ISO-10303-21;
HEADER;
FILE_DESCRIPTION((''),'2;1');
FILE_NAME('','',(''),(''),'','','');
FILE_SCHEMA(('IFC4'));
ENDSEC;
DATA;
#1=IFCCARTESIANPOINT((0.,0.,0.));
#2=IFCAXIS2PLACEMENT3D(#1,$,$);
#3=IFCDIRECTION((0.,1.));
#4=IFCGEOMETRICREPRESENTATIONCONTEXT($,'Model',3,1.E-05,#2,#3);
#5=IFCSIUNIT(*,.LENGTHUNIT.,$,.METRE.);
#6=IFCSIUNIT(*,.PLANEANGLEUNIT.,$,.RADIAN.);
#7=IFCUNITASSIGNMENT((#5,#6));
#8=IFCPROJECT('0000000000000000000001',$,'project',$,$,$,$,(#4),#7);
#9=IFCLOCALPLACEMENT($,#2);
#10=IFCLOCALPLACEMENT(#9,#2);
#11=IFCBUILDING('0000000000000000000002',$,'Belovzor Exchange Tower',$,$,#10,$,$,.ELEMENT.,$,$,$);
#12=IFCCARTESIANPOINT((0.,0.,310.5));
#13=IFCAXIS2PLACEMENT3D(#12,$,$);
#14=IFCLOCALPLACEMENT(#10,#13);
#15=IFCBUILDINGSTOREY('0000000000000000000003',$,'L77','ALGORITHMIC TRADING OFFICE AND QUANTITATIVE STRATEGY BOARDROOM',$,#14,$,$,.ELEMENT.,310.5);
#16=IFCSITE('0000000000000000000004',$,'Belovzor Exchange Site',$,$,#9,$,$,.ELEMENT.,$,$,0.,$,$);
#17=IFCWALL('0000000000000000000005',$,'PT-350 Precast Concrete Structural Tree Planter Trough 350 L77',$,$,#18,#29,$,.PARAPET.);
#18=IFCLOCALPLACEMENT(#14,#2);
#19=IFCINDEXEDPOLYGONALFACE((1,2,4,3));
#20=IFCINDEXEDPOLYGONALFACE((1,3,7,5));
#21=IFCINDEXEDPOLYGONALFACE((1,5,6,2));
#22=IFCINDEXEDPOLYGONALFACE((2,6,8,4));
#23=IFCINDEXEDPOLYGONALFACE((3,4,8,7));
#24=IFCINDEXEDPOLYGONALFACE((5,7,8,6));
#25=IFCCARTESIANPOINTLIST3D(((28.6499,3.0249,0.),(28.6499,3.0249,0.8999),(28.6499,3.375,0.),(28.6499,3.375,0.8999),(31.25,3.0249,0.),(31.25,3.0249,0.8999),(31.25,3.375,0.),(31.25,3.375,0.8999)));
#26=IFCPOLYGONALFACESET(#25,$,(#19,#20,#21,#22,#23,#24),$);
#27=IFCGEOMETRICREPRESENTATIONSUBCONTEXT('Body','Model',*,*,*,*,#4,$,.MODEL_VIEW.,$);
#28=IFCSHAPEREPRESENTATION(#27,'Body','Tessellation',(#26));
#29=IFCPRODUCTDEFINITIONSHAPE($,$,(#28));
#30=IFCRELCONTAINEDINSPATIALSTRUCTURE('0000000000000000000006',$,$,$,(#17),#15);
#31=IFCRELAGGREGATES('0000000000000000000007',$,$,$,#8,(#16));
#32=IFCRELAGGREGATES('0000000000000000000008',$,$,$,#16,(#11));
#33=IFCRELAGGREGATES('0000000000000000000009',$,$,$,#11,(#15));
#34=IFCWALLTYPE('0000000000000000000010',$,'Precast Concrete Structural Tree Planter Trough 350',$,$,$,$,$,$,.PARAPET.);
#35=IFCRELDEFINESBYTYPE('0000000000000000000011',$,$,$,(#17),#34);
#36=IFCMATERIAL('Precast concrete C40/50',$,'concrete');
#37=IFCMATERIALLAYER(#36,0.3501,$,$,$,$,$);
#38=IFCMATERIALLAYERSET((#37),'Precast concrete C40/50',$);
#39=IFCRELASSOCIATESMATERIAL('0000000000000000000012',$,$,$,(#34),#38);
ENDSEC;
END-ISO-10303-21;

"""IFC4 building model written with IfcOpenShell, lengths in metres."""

from ifc_helpers import new_model, si_unit, direction, frame, frame_2d, origin, place, context, subcontext, project, spatial, rectangle, extrude, material, layer, layer_set, type_object, element, save


model = new_model("IFC4")

# Units and contexts
model_context = context("Model", 3, precision=1e-05, world=origin(), true_north=direction((0.0, 1.0)))
body_context = subcontext(model_context, "Body", "Model", "MODEL_VIEW")
ifc_project = project(units=[si_unit("LENGTHUNIT", "METRE"), si_unit("PLANEANGLEUNIT", "RADIAN")], contexts=[model_context])

# Site, building, storey
site_placement = place(None, origin())
site = spatial("IfcSite", under=ifc_project, at=site_placement, Name="Belovzor Exchange Site", CompositionType="ELEMENT", RefElevation=0.0)
building_placement = place(site_placement, origin())
building = spatial("IfcBuilding", under=site, at=building_placement, Name="Belovzor Exchange Tower", CompositionType="ELEMENT")
storey_placement = place(building_placement, frame((0.0, 0.0, 310.5)))
storey = spatial("IfcBuildingStorey", under=building, at=storey_placement, Name="L77", Description="ALGORITHMIC TRADING OFFICE AND QUANTITATIVE STRATEGY BOARDROOM", CompositionType="ELEMENT", Elevation=310.5)

# Wall
ifc_material_1 = material(Name="Precast concrete C40/50", Category="concrete")
ifc_layer_1 = layer(ifc_material_1, 0.3501)
ifc_layer_set_1 = layer_set([ifc_layer_1], Name="Precast concrete C40/50")
wall_type_1 = type_object("IfcWallType", Name="Precast Concrete Structural Tree Planter Trough 350", PredefinedType="PARAPET", material=ifc_layer_set_1)
wall_1_placement = place(storey_placement, frame((28.6499, 3.2, 0.0), z_axis=(0.0, 0.0, 1.0), x_axis=(1.0, 0.0, 0.0)))
element("IfcWall", 1, at=wall_1_placement, inside=storey, type_object=wall_type_1, Name="PT-350 Precast Concrete Structural Tree Planter Trough 350 L77", PredefinedType="PARAPET", context=body_context, shape_type="SweptSolid", body=[
    extrude(rectangle(XDim=2.6001, YDim=0.3501, at=frame_2d((1.3, 0.0))), origin(), (0.0, 0.0, 1.0), 0.8999),
])

save(model, "model.ifc")
